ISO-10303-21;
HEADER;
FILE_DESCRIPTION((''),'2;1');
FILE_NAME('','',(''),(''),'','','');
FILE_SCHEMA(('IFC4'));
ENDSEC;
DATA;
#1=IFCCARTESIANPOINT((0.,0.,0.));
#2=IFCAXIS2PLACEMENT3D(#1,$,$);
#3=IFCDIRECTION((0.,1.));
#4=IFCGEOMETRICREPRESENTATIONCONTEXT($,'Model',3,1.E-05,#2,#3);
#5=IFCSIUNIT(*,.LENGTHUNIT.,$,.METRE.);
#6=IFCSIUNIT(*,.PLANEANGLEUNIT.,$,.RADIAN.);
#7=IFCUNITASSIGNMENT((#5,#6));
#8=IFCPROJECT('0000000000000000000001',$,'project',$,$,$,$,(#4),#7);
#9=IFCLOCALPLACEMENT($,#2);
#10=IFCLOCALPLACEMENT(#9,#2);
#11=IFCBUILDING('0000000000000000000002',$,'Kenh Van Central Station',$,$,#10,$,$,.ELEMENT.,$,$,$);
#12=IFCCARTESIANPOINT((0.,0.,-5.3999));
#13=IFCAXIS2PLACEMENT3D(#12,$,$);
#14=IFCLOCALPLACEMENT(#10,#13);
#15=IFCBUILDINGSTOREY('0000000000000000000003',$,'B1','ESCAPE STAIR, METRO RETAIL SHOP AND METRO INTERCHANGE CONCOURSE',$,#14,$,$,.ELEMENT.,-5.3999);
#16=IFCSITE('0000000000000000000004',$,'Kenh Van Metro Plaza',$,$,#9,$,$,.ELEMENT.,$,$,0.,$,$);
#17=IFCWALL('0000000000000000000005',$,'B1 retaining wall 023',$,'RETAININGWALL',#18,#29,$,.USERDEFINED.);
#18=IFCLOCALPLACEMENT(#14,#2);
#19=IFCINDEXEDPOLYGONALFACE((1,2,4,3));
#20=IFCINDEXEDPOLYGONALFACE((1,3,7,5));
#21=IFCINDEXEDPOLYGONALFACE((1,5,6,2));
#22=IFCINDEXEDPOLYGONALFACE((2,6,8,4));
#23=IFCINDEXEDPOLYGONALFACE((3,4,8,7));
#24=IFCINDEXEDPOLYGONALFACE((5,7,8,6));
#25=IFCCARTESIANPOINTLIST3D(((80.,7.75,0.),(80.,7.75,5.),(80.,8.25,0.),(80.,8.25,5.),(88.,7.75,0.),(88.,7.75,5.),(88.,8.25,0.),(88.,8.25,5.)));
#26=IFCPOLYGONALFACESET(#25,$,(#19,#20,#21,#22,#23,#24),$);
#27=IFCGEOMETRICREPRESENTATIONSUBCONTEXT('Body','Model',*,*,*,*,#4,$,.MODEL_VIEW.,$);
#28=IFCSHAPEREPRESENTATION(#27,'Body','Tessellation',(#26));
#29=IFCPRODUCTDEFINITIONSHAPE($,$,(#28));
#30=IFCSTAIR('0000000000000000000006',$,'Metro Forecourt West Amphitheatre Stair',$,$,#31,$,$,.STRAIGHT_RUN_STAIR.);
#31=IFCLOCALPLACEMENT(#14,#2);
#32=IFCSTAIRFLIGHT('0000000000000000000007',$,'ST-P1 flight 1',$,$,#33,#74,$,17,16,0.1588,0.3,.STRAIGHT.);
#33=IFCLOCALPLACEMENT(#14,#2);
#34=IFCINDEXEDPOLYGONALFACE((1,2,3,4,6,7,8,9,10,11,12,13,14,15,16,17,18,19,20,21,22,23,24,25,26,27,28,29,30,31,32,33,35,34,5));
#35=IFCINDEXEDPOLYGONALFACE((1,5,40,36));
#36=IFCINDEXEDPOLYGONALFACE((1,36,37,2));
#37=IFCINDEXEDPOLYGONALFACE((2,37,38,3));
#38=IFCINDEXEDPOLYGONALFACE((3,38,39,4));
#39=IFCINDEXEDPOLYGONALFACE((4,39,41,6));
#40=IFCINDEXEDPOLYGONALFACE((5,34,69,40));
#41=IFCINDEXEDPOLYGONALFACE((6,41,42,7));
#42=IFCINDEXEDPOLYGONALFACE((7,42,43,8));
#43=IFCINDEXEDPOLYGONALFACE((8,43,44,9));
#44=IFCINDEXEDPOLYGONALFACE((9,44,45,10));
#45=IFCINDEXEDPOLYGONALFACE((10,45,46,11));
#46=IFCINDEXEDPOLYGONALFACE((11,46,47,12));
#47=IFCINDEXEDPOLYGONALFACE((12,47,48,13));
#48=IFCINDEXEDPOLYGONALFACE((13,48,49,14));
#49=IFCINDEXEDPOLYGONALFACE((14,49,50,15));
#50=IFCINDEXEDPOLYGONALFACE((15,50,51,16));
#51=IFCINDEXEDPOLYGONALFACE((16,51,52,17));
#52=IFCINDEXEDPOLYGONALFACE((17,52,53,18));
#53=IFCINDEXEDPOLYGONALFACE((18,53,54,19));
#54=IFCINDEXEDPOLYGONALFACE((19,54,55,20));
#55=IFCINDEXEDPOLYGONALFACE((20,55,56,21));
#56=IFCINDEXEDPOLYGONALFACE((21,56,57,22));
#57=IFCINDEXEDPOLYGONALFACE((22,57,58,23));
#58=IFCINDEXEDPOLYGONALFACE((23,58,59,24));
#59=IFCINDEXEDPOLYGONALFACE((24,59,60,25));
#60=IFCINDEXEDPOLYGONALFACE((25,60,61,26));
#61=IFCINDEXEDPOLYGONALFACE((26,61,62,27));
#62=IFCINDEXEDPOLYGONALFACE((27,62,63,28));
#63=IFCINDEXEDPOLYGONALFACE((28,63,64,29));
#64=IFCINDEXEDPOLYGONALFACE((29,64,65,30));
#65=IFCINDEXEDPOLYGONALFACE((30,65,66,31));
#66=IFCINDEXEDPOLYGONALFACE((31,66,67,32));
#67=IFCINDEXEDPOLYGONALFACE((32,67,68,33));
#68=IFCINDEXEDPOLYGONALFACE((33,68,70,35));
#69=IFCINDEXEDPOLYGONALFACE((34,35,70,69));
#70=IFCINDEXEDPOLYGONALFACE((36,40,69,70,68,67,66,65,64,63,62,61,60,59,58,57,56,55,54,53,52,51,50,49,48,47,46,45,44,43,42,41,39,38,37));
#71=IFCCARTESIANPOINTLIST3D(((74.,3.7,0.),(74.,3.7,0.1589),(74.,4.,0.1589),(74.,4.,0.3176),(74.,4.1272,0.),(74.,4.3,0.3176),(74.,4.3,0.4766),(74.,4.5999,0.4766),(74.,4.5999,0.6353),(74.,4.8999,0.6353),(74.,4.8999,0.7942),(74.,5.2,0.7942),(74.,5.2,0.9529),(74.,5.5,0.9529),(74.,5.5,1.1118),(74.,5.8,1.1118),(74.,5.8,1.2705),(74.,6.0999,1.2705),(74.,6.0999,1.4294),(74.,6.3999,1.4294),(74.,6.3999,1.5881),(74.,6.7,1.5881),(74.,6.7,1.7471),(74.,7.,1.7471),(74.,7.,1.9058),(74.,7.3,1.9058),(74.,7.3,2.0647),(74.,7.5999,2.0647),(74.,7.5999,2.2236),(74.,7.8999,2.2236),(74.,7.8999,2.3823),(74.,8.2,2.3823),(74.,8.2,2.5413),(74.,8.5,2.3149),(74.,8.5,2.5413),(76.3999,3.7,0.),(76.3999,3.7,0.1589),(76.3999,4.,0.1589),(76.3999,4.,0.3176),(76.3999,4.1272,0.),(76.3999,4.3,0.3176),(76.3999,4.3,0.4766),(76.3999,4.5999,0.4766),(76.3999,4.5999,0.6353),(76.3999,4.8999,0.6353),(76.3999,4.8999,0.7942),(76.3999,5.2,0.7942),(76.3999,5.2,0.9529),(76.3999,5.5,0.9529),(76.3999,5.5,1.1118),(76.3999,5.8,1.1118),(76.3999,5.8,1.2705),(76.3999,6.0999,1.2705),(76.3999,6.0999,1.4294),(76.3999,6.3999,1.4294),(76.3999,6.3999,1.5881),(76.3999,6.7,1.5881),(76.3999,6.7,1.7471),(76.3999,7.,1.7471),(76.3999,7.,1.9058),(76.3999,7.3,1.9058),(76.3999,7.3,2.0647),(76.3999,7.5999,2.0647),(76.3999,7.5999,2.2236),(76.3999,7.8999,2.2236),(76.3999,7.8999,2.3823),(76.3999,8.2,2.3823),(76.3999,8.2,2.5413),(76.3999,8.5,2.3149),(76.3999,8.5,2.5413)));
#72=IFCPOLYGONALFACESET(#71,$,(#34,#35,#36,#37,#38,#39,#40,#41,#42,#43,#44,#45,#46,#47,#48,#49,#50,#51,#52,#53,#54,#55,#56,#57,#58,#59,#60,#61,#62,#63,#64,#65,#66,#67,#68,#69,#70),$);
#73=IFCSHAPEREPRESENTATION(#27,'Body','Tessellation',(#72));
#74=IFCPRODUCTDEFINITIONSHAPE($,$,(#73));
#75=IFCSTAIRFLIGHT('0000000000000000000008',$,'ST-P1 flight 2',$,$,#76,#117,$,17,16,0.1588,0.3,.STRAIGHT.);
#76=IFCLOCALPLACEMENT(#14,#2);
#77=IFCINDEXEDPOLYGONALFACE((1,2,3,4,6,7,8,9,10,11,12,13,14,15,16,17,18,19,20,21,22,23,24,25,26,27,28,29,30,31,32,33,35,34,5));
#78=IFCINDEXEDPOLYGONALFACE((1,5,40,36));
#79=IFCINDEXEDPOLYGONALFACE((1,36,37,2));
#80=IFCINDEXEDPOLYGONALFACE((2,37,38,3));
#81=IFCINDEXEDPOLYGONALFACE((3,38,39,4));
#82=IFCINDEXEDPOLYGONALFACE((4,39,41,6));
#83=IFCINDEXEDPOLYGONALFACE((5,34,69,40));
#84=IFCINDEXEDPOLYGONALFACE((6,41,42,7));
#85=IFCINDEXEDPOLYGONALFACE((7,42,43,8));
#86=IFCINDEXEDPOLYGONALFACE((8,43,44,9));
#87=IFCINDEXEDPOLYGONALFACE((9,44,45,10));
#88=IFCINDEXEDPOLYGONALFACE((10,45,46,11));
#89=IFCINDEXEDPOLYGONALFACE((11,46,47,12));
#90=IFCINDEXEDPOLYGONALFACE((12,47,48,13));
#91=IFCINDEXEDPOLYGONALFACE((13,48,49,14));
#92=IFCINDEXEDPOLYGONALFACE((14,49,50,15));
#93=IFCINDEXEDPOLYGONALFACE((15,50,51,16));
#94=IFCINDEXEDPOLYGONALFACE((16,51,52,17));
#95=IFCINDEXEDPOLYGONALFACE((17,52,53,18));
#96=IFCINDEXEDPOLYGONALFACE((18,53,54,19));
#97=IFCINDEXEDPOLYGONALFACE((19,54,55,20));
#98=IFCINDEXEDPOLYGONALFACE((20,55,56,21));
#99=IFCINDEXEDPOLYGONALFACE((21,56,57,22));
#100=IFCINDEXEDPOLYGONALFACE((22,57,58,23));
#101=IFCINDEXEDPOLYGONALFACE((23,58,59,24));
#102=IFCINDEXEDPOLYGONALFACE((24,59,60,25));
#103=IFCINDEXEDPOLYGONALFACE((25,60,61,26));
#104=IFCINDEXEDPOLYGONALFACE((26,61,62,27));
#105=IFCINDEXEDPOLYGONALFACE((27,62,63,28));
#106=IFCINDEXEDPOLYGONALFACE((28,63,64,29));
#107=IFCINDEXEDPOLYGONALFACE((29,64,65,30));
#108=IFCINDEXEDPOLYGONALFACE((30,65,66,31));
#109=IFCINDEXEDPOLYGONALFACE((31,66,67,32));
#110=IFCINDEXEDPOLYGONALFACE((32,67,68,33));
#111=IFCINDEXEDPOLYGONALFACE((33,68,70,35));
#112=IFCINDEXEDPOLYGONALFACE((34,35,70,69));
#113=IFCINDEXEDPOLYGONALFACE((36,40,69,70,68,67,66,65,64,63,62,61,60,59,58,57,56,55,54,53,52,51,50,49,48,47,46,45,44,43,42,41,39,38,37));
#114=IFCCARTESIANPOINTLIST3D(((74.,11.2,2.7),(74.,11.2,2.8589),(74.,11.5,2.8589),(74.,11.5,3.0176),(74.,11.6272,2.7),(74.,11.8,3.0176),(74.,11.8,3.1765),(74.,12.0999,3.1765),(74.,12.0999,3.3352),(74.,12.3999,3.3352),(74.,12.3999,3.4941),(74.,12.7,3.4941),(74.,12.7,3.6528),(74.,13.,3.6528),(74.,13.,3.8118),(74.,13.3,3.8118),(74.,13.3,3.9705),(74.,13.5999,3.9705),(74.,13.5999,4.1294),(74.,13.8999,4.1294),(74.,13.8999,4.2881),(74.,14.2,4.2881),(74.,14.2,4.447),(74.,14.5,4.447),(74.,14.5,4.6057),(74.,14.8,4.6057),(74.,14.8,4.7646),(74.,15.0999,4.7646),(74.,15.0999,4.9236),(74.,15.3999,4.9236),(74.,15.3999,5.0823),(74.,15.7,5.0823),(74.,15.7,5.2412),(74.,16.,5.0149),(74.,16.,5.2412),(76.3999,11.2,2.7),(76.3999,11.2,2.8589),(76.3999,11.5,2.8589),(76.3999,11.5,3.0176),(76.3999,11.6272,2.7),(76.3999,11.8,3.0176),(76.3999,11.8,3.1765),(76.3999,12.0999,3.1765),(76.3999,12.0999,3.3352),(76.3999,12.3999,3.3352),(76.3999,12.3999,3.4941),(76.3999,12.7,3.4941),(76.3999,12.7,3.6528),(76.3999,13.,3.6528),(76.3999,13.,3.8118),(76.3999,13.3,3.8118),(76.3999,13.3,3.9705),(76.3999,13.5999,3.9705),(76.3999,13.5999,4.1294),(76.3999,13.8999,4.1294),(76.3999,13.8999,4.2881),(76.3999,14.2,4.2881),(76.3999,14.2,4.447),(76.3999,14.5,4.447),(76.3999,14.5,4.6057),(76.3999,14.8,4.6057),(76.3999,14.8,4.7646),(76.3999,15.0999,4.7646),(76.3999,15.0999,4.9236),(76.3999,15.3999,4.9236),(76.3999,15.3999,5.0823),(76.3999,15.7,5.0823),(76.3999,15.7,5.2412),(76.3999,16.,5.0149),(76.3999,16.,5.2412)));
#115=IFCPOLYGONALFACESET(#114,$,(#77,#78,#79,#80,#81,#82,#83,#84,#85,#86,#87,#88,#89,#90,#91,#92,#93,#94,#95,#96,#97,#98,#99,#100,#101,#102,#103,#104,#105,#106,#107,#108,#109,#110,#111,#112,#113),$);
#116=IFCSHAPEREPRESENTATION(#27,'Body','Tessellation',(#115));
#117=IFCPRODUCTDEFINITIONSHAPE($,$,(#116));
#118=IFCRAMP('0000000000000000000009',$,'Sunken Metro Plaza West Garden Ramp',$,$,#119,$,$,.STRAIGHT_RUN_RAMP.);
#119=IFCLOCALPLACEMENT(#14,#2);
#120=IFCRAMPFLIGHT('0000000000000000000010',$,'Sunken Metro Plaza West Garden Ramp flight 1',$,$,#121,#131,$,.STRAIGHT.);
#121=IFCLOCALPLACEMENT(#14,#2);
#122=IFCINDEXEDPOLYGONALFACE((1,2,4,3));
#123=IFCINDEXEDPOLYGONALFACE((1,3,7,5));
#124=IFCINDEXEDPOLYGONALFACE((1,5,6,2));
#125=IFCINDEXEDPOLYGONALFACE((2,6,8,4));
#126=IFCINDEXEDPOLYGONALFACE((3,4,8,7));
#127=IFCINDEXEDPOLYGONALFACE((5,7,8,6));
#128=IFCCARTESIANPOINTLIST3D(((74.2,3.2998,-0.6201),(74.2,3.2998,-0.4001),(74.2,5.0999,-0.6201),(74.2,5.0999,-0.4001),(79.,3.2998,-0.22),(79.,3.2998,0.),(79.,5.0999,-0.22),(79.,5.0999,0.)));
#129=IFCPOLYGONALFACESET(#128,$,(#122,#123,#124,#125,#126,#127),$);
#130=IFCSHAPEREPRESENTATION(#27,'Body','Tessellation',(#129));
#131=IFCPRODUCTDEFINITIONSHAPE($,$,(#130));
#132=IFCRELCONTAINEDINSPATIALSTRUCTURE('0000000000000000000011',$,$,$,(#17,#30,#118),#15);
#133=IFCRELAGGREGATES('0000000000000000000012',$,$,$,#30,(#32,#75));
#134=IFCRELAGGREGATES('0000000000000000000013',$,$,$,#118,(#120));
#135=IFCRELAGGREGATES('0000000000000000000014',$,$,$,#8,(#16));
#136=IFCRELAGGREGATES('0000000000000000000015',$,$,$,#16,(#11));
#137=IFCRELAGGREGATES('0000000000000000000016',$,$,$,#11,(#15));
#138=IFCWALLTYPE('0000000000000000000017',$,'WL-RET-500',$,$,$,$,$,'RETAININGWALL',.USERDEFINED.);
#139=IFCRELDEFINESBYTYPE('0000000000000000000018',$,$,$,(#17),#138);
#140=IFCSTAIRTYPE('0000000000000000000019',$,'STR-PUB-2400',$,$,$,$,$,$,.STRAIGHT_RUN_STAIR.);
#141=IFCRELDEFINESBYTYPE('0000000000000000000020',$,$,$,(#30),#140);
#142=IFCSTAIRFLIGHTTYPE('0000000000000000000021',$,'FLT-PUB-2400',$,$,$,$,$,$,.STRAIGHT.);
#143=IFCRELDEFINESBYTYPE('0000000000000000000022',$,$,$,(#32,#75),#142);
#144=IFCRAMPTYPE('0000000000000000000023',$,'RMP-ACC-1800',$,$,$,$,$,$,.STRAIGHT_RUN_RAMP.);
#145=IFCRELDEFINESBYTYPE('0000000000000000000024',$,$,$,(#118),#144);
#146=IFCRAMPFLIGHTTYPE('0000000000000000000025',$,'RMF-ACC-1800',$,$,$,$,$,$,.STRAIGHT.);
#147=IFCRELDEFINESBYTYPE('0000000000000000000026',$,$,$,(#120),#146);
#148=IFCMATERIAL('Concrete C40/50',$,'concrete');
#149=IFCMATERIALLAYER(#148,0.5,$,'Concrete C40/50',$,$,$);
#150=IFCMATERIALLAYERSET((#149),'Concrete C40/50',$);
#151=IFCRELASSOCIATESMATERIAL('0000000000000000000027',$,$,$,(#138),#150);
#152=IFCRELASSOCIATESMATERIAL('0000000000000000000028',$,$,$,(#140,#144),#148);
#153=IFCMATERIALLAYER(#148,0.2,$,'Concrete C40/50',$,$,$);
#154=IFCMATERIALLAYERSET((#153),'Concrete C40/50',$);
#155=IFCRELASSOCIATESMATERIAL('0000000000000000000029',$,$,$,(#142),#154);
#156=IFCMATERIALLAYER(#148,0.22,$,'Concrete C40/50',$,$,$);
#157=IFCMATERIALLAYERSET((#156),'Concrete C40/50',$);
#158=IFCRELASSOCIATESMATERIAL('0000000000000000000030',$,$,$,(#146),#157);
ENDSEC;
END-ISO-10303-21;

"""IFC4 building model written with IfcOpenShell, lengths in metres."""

from ifc_helpers import new_model, si_unit, direction, frame, frame_2d, origin, place, context, subcontext, project, spatial, polyline, rectangle, outline, extrude, material, layer, layer_set, type_object, element, aggregate, save


model = new_model("IFC4")

# Units and contexts
model_context = context("Model", 3, precision=1e-05, world=origin(), true_north=direction((0.0, 1.0)))
body_context = subcontext(model_context, "Body", "Model", "MODEL_VIEW")
ifc_project = project(units=[si_unit("LENGTHUNIT", "METRE"), si_unit("PLANEANGLEUNIT", "RADIAN")], contexts=[model_context])

# Site, building, storey
site_placement = place(None, origin())
site = spatial("IfcSite", under=ifc_project, at=site_placement, Name="Kenh Van Metro Plaza", CompositionType="ELEMENT", RefElevation=0.0)
building_placement = place(site_placement, origin())
building = spatial("IfcBuilding", under=site, at=building_placement, Name="Kenh Van Central Station", CompositionType="ELEMENT")
storey_placement = place(building_placement, frame((0.0, 0.0, -5.3999)))
storey = spatial("IfcBuildingStorey", under=building, at=storey_placement, Name="B1", Description="ESCAPE STAIR, METRO RETAIL SHOP AND METRO INTERCHANGE CONCOURSE", CompositionType="ELEMENT", Elevation=-5.3999)

# Shared definitions
ifc_material_1 = material(Name="Concrete C40/50", Category="concrete")

# Wall
ifc_layer_1 = layer(ifc_material_1, 0.5, Name="Concrete C40/50")
ifc_layer_set_1 = layer_set([ifc_layer_1], Name="Concrete C40/50")
wall_type_1 = type_object("IfcWallType", Name="WL-RET-500", ElementType="RETAININGWALL", PredefinedType="USERDEFINED", material=ifc_layer_set_1)
wall_1_placement = place(storey_placement, frame((80.0, 8.0, 0.0), z_axis=(0.0, 0.0, 1.0), x_axis=(1.0, 0.0, 0.0)))
element("IfcWall", 1, at=wall_1_placement, inside=storey, type_object=wall_type_1, Name="B1 retaining wall 023", ObjectType="RETAININGWALL", PredefinedType="USERDEFINED", context=body_context, shape_type="SweptSolid", body=[
    extrude(rectangle(XDim=8.0, YDim=0.5, at=frame_2d((4.0, 0.0))), origin(), (0.0, 0.0, 1.0), 5.0),
])

# Stair, stair flights
stair_type = type_object("IfcStairType", Name="STR-PUB-2400", PredefinedType="STRAIGHT_RUN_STAIR", material=ifc_material_1)
stair_placement = place(storey_placement, origin())
stair = element("IfcStair", 2, at=stair_placement, inside=storey, type_object=stair_type, Name="Metro Forecourt West Amphitheatre Stair", PredefinedType="STRAIGHT_RUN_STAIR")
ifc_layer_2 = layer(ifc_material_1, 0.2, Name="Concrete C40/50")
ifc_layer_set_2 = layer_set([ifc_layer_2], Name="Concrete C40/50")
stair_flight_type = type_object("IfcStairFlightType", Name="FLT-PUB-2400", PredefinedType="STRAIGHT", material=ifc_layer_set_2)
stair_flight_1_placement = place(storey_placement, frame((75.2, 3.7, 0.0), z_axis=(0.0, 0.0, 1.0), x_axis=(0.0, 1.0, 0.0)))
stair_flight_1 = element("IfcStairFlight", 3, at=stair_flight_1_placement, type_object=stair_flight_type, Name="ST-P1 flight 1", NumberOfRisers=17, NumberOfTreads=16, PredefinedType="STRAIGHT", RiserHeight=0.1588, TreadLength=0.3, context=body_context, shape_type="SweptSolid", body=[
    extrude(outline(polyline([(0.0, 0.0), (0.0, 0.1589), (0.3, 0.1589), (0.3, 0.3176), (0.6001, 0.3176), (0.6001, 0.4766), (0.8999, 0.4766), (0.8999, 0.6353), (1.2, 0.6353), (1.2, 0.7942), (1.5, 0.7942), (1.5, 0.9529), (1.8, 0.9529), (1.8, 1.1118), (2.1001, 1.1118), (2.1001, 1.2705), (2.3999, 1.2705), (2.3999, 1.4294), (2.7, 1.4294), (2.7, 1.5881), (3.0, 1.5881), (3.0, 1.7471), (3.3, 1.7471), (3.3, 1.9058), (3.6001, 1.9058), (3.6001, 2.0647), (3.8999, 2.0647), (3.8999, 2.2236), (4.2, 2.2236), (4.2, 2.3823), (4.5, 2.3823), (4.5, 2.5413), (4.8, 2.5413), (4.8, 2.7), (4.8, 2.3149), (0.4272, 0.0), (0.0, 0.0)])), frame((0.0, 1.2, 0.0), z_axis=(0.0, -1.0, 0.0), x_axis=(1.0, 0.0, 0.0)), (0.0, 0.0, 1.0), 2.3999),
])
stair_flight_2_placement = place(storey_placement, frame((75.2, 11.2, 2.7), z_axis=(0.0, 0.0, 1.0), x_axis=(0.0, 1.0, 0.0)))
stair_flight_2 = element("IfcStairFlight", 4, at=stair_flight_2_placement, type_object=stair_flight_type, Name="ST-P1 flight 2", NumberOfRisers=17, NumberOfTreads=16, PredefinedType="STRAIGHT", RiserHeight=0.1588, TreadLength=0.3, context=body_context, shape_type="SweptSolid", body=[
    extrude(outline(polyline([(0.0, 0.0), (0.0, 0.1589), (0.3, 0.1589), (0.3, 0.3176), (0.6001, 0.3176), (0.6001, 0.4766), (0.8999, 0.4766), (0.8999, 0.6353), (1.2, 0.6353), (1.2, 0.7942), (1.5, 0.7942), (1.5, 0.9529), (1.8, 0.9529), (1.8, 1.1118), (2.1001, 1.1118), (2.1001, 1.2705), (2.3999, 1.2705), (2.3999, 1.4294), (2.7, 1.4294), (2.7, 1.5881), (3.0, 1.5881), (3.0, 1.7471), (3.3, 1.7471), (3.3, 1.9058), (3.6001, 1.9058), (3.6001, 2.0647), (3.8999, 2.0647), (3.8999, 2.2236), (4.2, 2.2236), (4.2, 2.3823), (4.5, 2.3823), (4.5, 2.5413), (4.8, 2.5413), (4.8, 2.7), (4.8, 2.3149), (0.4272, 0.0), (0.0, 0.0)])), frame((0.0, 1.2, 0.0), z_axis=(0.0, -1.0, 0.0), x_axis=(1.0, 0.0, 0.0)), (0.0, 0.0, 1.0), 2.3999),
])
aggregate(stair, [stair_flight_1, stair_flight_2])

# Ramp, ramp flight
ramp_type = type_object("IfcRampType", Name="RMP-ACC-1800", PredefinedType="STRAIGHT_RUN_RAMP", material=ifc_material_1)
ramp_placement = place(storey_placement, origin())
ramp = element("IfcRamp", 5, at=ramp_placement, inside=storey, type_object=ramp_type, Name="Sunken Metro Plaza West Garden Ramp", PredefinedType="STRAIGHT_RUN_RAMP")
ifc_layer_3 = layer(ifc_material_1, 0.22, Name="Concrete C40/50")
ifc_layer_set_3 = layer_set([ifc_layer_3], Name="Concrete C40/50")
ramp_flight_type = type_object("IfcRampFlightType", Name="RMF-ACC-1800", PredefinedType="STRAIGHT", material=ifc_layer_set_3)
ramp_flight_placement = place(storey_placement, frame((74.2, 4.2, -0.4001), z_axis=(0.0, 0.0, 1.0), x_axis=(1.0, 0.0, 0.0)))
ramp_flight = element("IfcRampFlight", 6, at=ramp_flight_placement, type_object=ramp_flight_type, Name="Sunken Metro Plaza West Garden Ramp flight 1", PredefinedType="STRAIGHT", context=body_context, shape_type="SweptSolid", body=[
    extrude(outline(polyline([(0.0, 0.0), (0.0, -0.22), (4.8, 0.1802), (4.8, 0.4001), (0.0, 0.0)])), frame((0.0, 0.8999, 0.0), z_axis=(0.0, -1.0, 0.0), x_axis=(1.0, 0.0, 0.0)), (0.0, 0.0, 1.0), 1.8),
])
aggregate(ramp, [ramp_flight])

save(model, "model.ifc")
